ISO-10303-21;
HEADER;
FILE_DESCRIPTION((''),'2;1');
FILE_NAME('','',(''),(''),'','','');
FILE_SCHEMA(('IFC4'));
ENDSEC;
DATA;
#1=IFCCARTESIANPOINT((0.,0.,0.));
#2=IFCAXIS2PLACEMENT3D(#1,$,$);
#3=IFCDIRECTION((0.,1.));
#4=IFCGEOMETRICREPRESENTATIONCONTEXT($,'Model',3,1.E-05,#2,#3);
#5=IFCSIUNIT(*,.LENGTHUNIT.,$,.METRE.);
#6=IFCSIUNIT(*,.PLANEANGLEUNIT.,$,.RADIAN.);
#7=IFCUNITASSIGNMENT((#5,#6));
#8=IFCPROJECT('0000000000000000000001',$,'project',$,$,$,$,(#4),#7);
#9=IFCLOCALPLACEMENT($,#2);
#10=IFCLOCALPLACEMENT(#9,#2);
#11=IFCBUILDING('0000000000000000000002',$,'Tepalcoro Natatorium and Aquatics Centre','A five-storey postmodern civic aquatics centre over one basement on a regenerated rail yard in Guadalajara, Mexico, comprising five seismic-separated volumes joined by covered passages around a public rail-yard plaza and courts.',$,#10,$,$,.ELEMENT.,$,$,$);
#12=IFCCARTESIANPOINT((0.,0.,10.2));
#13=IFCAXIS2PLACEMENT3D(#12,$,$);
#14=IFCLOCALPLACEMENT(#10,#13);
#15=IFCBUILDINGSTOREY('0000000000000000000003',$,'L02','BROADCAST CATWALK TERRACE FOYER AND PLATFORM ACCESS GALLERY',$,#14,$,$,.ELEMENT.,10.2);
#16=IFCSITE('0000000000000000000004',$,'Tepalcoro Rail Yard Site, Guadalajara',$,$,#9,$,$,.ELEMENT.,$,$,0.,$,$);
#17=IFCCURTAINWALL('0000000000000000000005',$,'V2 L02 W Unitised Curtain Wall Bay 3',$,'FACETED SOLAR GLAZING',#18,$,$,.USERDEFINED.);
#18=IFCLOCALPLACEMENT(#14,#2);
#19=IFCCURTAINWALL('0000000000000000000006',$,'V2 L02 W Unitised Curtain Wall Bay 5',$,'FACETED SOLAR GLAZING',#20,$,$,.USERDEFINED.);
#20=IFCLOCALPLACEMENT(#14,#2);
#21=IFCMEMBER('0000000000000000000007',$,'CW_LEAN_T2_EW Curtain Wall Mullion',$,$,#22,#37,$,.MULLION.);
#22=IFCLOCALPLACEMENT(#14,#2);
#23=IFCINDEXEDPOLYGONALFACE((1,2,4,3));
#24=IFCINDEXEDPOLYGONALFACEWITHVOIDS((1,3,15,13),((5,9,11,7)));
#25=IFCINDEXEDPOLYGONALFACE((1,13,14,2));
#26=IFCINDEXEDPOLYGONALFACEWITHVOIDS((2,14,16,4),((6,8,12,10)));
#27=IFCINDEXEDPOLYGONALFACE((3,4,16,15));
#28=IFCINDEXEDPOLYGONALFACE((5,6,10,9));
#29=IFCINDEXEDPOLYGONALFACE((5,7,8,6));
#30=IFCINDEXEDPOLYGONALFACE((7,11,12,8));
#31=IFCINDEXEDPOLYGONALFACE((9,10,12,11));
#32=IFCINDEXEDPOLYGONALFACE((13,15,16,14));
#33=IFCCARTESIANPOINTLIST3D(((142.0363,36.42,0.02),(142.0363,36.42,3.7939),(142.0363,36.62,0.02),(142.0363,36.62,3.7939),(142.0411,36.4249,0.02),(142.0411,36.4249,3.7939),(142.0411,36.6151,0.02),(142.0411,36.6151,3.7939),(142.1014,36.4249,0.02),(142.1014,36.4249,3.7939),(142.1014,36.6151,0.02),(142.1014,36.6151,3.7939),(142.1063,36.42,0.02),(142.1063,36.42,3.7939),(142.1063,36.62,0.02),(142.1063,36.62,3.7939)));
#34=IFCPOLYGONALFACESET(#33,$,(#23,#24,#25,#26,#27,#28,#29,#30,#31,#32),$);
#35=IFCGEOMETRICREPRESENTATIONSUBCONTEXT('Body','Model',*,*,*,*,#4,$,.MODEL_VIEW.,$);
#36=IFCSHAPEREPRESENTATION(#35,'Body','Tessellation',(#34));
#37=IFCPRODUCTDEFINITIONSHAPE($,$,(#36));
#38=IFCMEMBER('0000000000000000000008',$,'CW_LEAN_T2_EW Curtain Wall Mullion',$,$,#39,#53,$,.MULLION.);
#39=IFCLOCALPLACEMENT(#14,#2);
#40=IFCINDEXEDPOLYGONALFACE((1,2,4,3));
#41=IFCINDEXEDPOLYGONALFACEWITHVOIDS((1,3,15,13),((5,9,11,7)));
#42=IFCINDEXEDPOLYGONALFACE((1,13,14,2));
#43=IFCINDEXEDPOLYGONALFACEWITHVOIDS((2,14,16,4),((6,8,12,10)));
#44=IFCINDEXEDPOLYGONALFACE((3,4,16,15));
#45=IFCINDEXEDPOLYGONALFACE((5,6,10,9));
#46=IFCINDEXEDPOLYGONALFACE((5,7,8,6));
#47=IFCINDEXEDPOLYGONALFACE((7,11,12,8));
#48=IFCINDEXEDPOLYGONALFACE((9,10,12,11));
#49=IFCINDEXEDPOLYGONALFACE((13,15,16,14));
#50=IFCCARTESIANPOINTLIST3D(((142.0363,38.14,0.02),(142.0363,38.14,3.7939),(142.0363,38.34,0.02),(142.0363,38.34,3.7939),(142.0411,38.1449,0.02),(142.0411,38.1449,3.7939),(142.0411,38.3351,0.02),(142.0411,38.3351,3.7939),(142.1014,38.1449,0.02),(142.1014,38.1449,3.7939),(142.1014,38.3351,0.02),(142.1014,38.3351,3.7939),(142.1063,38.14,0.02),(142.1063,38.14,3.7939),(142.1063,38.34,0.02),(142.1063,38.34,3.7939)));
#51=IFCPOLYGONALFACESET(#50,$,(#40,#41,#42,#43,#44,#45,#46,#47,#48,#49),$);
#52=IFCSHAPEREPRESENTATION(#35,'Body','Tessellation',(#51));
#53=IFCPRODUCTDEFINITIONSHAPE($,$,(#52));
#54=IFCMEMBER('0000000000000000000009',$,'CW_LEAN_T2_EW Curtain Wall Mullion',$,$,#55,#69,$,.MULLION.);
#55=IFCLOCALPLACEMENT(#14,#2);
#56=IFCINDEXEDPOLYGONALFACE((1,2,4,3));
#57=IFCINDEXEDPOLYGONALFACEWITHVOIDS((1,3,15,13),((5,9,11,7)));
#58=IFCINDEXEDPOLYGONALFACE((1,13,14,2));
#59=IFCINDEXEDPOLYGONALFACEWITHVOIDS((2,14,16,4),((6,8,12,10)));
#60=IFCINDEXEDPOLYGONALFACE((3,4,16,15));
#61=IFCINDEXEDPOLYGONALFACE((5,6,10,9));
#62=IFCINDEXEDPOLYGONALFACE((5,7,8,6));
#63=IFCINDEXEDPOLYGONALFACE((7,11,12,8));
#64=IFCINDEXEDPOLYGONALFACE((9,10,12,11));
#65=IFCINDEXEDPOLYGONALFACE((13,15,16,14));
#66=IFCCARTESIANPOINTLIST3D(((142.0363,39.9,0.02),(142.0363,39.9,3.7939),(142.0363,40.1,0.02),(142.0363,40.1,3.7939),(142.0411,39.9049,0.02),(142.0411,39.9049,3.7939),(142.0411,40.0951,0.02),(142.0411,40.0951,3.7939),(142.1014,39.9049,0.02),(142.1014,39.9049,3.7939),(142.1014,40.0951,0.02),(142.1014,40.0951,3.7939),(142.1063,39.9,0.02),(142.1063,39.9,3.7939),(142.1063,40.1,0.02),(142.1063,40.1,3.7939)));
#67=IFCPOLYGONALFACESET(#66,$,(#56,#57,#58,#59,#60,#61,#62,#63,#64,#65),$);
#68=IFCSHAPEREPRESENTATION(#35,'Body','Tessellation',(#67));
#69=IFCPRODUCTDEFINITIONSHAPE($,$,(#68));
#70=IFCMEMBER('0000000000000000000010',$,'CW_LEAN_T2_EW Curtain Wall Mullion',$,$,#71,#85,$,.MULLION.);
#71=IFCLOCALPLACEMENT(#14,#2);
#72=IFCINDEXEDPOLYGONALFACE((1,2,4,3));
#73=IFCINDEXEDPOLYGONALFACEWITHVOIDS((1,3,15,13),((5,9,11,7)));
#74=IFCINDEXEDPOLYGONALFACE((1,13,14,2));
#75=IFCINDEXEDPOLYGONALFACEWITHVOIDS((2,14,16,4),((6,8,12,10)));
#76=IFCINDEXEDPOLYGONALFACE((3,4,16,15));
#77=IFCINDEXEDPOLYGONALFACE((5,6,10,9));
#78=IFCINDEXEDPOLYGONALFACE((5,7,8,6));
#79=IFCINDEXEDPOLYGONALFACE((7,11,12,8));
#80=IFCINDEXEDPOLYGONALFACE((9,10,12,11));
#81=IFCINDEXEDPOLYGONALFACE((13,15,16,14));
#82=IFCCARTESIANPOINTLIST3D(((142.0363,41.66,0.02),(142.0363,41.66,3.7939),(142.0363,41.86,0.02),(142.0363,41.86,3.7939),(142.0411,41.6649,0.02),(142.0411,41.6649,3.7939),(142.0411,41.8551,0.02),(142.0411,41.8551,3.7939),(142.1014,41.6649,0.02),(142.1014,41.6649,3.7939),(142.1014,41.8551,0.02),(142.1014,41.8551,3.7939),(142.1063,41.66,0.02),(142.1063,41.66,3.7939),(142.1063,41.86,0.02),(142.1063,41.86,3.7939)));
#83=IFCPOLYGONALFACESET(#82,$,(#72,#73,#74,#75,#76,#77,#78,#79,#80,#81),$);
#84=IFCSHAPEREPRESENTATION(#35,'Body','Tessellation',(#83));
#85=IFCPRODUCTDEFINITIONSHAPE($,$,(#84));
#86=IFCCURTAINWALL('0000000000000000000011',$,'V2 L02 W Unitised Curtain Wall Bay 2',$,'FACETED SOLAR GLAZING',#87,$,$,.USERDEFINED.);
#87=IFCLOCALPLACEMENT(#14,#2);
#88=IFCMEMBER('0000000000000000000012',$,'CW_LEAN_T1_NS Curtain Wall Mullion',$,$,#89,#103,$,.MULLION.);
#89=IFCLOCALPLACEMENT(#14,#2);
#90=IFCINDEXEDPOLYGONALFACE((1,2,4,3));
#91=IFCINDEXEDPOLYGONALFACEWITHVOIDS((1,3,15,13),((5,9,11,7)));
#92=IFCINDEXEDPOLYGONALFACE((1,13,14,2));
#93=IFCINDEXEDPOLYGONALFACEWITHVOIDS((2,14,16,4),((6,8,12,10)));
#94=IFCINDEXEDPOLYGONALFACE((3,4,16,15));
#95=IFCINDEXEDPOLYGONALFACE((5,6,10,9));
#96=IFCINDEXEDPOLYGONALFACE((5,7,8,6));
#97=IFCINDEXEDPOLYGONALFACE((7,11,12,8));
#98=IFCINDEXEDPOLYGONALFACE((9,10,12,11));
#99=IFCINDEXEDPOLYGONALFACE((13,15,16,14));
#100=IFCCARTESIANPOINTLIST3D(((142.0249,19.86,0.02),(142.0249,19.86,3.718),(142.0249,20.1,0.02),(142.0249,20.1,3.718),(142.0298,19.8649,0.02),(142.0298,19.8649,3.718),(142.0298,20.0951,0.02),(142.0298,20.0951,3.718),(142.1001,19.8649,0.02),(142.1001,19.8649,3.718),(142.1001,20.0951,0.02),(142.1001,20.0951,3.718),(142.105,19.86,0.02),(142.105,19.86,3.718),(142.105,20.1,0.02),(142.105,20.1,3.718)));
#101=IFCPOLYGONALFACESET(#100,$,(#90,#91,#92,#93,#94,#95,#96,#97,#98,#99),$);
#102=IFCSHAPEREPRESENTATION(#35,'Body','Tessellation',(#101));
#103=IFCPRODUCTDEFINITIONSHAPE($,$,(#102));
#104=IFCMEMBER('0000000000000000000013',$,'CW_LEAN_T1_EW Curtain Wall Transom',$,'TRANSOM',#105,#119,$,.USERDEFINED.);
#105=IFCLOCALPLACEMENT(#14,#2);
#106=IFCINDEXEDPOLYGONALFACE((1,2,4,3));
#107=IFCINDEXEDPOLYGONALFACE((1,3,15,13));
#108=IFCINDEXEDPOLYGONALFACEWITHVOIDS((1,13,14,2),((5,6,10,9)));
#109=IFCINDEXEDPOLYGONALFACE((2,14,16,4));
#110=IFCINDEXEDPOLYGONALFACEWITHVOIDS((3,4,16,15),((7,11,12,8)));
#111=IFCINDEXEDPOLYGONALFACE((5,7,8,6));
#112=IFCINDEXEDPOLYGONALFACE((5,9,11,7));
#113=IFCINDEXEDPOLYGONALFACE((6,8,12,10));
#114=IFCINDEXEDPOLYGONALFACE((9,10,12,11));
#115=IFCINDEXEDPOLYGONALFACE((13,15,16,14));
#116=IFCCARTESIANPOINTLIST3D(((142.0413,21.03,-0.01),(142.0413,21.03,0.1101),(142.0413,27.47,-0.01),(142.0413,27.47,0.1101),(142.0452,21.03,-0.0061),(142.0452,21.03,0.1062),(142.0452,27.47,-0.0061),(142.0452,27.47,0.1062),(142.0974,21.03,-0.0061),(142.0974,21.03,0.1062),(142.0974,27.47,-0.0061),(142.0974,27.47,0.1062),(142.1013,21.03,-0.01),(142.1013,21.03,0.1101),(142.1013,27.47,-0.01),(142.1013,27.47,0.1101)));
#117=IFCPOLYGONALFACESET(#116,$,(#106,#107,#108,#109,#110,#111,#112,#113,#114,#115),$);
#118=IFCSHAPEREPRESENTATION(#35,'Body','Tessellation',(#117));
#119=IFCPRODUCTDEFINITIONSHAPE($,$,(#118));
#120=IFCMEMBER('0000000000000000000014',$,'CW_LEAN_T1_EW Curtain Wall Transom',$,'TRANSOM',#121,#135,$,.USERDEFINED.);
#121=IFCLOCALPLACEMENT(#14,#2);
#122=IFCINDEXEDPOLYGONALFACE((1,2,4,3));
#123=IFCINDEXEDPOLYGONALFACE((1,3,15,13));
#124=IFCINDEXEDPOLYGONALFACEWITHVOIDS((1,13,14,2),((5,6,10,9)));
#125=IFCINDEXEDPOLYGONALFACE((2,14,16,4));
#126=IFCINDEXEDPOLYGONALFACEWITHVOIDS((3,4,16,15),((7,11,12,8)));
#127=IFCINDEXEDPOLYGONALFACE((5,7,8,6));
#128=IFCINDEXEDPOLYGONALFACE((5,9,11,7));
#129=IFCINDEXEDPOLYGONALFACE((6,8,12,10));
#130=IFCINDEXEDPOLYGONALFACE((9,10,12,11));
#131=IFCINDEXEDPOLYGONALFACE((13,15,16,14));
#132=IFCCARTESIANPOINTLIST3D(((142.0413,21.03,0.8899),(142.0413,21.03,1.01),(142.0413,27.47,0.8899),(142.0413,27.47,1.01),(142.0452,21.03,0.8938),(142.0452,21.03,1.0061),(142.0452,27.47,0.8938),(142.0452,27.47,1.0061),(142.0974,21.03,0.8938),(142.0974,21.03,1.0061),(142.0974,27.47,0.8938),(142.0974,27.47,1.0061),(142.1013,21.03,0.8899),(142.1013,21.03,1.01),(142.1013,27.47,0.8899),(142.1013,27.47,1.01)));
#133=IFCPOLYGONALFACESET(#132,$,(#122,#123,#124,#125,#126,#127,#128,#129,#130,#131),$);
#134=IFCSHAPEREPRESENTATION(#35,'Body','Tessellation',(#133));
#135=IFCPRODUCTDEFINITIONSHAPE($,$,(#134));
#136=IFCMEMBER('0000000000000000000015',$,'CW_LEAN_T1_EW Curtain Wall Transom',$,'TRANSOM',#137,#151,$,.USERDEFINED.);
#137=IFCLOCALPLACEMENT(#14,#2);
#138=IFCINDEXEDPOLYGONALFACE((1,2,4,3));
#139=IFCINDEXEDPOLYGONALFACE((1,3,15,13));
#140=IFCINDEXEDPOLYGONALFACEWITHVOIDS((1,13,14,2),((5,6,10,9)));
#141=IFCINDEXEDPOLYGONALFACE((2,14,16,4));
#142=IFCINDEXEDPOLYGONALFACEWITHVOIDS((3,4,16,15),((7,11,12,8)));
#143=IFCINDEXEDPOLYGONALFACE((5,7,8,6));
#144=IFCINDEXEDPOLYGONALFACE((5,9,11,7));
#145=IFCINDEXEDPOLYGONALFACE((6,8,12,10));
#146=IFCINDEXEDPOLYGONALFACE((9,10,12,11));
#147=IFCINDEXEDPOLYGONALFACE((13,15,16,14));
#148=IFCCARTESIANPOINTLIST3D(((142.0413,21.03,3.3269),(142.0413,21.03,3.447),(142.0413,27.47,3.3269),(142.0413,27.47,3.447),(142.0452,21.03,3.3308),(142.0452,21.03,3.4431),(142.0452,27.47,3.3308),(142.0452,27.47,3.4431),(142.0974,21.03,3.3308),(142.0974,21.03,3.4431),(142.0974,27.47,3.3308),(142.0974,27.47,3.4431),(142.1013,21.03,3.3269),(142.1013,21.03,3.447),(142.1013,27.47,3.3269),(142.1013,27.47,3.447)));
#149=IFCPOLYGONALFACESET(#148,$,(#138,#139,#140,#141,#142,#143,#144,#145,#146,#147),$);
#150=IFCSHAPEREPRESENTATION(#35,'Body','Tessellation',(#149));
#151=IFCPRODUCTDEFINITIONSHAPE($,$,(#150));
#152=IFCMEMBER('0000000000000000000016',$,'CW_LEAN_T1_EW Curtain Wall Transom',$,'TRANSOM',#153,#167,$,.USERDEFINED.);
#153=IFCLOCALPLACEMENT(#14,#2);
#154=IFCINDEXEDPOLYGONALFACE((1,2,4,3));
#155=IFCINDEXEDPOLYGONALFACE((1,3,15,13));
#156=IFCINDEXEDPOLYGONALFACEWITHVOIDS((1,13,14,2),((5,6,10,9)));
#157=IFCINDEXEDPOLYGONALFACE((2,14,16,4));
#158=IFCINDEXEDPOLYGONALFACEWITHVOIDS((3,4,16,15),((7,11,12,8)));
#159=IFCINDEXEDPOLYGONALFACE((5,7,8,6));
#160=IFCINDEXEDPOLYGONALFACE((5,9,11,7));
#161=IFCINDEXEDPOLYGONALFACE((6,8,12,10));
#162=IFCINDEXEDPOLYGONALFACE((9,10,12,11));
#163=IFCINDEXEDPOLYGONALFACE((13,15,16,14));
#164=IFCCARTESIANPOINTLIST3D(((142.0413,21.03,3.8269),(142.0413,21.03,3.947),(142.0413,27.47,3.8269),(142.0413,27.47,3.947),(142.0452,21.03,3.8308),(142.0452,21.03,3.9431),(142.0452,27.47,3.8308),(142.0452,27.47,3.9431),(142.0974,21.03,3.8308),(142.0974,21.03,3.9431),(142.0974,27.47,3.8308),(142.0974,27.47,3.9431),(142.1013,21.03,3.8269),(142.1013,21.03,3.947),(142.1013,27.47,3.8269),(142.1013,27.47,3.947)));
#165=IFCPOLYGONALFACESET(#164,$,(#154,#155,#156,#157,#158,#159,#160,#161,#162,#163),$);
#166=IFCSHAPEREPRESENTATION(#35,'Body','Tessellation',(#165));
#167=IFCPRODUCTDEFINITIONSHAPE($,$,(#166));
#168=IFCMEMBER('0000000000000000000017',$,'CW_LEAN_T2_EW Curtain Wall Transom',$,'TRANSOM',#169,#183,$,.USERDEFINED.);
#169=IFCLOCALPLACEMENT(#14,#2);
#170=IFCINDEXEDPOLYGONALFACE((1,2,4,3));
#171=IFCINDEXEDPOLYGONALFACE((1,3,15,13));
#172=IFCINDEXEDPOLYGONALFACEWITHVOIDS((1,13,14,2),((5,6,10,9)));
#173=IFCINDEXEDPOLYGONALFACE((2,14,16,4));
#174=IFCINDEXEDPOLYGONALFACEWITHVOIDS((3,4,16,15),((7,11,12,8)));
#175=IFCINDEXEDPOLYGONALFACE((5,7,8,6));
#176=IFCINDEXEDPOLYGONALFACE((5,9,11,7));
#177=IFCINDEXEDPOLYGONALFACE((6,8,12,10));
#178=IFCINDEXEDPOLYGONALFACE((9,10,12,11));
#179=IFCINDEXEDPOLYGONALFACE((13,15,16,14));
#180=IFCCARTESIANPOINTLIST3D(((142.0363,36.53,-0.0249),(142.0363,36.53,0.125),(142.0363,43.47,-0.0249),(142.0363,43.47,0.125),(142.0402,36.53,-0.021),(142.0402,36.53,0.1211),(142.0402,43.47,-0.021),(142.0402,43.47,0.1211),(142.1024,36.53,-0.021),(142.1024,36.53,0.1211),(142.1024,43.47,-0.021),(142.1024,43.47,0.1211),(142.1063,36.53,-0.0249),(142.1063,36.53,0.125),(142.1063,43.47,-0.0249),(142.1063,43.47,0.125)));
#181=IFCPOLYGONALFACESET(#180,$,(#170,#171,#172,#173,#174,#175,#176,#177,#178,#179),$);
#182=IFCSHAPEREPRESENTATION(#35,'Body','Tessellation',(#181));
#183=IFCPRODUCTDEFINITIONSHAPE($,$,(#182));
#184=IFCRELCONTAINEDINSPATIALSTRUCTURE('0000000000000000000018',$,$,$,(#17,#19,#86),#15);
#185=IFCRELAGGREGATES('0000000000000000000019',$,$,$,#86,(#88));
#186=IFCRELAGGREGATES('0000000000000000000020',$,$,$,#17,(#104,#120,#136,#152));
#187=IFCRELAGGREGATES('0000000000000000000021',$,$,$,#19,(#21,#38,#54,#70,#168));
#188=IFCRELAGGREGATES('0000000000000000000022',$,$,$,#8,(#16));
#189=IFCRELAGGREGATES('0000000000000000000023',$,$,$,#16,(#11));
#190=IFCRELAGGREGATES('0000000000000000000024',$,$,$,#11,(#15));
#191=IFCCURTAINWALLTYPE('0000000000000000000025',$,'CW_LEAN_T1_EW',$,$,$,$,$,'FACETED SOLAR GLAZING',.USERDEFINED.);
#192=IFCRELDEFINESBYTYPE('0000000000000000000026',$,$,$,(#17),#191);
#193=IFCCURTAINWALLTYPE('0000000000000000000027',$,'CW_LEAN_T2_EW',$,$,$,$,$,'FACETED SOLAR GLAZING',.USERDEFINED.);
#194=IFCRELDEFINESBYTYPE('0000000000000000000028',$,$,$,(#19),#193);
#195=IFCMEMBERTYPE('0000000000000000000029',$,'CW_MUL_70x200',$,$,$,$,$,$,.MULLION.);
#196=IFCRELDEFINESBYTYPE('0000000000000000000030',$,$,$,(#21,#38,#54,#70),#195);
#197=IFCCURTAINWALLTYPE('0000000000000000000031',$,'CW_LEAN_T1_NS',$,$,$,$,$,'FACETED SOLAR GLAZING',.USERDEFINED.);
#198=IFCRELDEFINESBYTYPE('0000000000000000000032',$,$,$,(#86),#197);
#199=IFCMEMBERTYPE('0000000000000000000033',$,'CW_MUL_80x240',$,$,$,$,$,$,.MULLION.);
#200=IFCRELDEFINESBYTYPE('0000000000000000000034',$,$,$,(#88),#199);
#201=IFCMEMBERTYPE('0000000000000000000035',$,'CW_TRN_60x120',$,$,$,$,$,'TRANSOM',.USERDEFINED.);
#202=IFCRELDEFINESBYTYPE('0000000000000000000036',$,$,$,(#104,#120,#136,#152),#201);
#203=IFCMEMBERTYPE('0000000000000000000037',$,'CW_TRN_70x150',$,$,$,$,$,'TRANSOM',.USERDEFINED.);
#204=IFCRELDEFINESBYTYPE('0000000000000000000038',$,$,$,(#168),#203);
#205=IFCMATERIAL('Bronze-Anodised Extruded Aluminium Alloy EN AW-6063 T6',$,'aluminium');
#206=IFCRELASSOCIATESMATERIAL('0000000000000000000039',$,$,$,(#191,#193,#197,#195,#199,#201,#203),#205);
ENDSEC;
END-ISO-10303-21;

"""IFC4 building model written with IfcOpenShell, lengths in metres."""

from ifc_helpers import new_model, si_unit, direction, frame, origin, origin_2d, place, context, subcontext, project, spatial, hollow_rectangle, extrude, material, material_profile, profile_set, type_object, element, aggregate, save


model = new_model("IFC4")

# Units and contexts
model_context = context("Model", 3, precision=1e-05, world=origin(), true_north=direction((0.0, 1.0)))
body_context = subcontext(model_context, "Body", "Model", "MODEL_VIEW")
ifc_project = project(units=[si_unit("LENGTHUNIT", "METRE"), si_unit("PLANEANGLEUNIT", "RADIAN")], contexts=[model_context])

# Site, building, storey
site_placement = place(None, origin())
site = spatial("IfcSite", under=ifc_project, at=site_placement, Name="Tepalcoro Rail Yard Site, Guadalajara", CompositionType="ELEMENT", RefElevation=0.0)
building_placement = place(site_placement, origin())
building = spatial("IfcBuilding", under=site, at=building_placement, Name="Tepalcoro Natatorium and Aquatics Centre", Description="A five-storey postmodern civic aquatics centre over one basement on a regenerated rail yard in Guadalajara, Mexico, comprising five seismic-separated volumes joined by covered passages around a public rail-yard plaza and courts.", CompositionType="ELEMENT")
storey_placement = place(building_placement, frame((0.0, 0.0, 10.2)))
storey = spatial("IfcBuildingStorey", under=building, at=storey_placement, Name="L02", Description="BROADCAST CATWALK TERRACE FOYER AND PLATFORM ACCESS GALLERY", CompositionType="ELEMENT", Elevation=10.2)

# Curtain walls, members
ifc_material_1 = material(Name="Bronze-Anodised Extruded Aluminium Alloy EN AW-6063 T6", Category="aluminium")
curtain_wall_type_1 = type_object("IfcCurtainWallType", Name="CW_LEAN_T1_EW", ElementType="FACETED SOLAR GLAZING", PredefinedType="USERDEFINED", material=ifc_material_1)
curtain_wall_1_placement = place(storey_placement, origin())
curtain_wall_1 = element("IfcCurtainWall", 1, at=curtain_wall_1_placement, inside=storey, type_object=curtain_wall_type_1, Name="V2 L02 W Unitised Curtain Wall Bay 3", ObjectType="FACETED SOLAR GLAZING", PredefinedType="USERDEFINED")
curtain_wall_type_2 = type_object("IfcCurtainWallType", Name="CW_LEAN_T2_EW", ElementType="FACETED SOLAR GLAZING", PredefinedType="USERDEFINED", material=ifc_material_1)
curtain_wall_2_placement = place(storey_placement, origin())
curtain_wall_2 = element("IfcCurtainWall", 2, at=curtain_wall_2_placement, inside=storey, type_object=curtain_wall_type_2, Name="V2 L02 W Unitised Curtain Wall Bay 5", ObjectType="FACETED SOLAR GLAZING", PredefinedType="USERDEFINED")
ifc_material_profile_1 = material_profile(ifc_material_1, hollow_rectangle(XDim=0.0701, YDim=0.2, WallThickness=0.0049, at=origin_2d()), Name="AL70X200X5")
ifc_profile_set_1 = profile_set([ifc_material_profile_1], Name="Bronze-Anodised Extruded Aluminium Alloy EN AW-6063 T6")
member_type_1 = type_object("IfcMemberType", Name="CW_MUL_70x200", PredefinedType="MULLION", material=ifc_profile_set_1)
member_1_placement = place(storey_placement, frame((142.0713, 36.52, 0.02), z_axis=(0.0, 0.0, 1.0), x_axis=(1.0, 0.0, 0.0)))
member_1 = element("IfcMember", 3, at=member_1_placement, type_object=member_type_1, Name="CW_LEAN_T2_EW Curtain Wall Mullion", PredefinedType="MULLION", context=body_context, shape_type="SweptSolid", body=[
    extrude(hollow_rectangle(XDim=0.0701, YDim=0.2, WallThickness=0.0049, at=origin_2d()), origin(), (0.0, 0.0, 1.0), 3.7739),
])
member_2_placement = place(storey_placement, frame((142.0713, 38.24, 0.02), z_axis=(0.0, 0.0, 1.0), x_axis=(1.0, 0.0, 0.0)))
member_2 = element("IfcMember", 4, at=member_2_placement, type_object=member_type_1, Name="CW_LEAN_T2_EW Curtain Wall Mullion", PredefinedType="MULLION", context=body_context, shape_type="SweptSolid", body=[
    extrude(hollow_rectangle(XDim=0.0701, YDim=0.2, WallThickness=0.0049, at=origin_2d()), origin(), (0.0, 0.0, 1.0), 3.7739),
])
member_3_placement = place(storey_placement, frame((142.0713, 40.0, 0.02), z_axis=(0.0, 0.0, 1.0), x_axis=(1.0, 0.0, 0.0)))
member_3 = element("IfcMember", 5, at=member_3_placement, type_object=member_type_1, Name="CW_LEAN_T2_EW Curtain Wall Mullion", PredefinedType="MULLION", context=body_context, shape_type="SweptSolid", body=[
    extrude(hollow_rectangle(XDim=0.0701, YDim=0.2, WallThickness=0.0049, at=origin_2d()), origin(), (0.0, 0.0, 1.0), 3.7739),
])
member_4_placement = place(storey_placement, frame((142.0713, 41.76, 0.02), z_axis=(0.0, 0.0, 1.0), x_axis=(1.0, 0.0, 0.0)))
member_4 = element("IfcMember", 6, at=member_4_placement, type_object=member_type_1, Name="CW_LEAN_T2_EW Curtain Wall Mullion", PredefinedType="MULLION", context=body_context, shape_type="SweptSolid", body=[
    extrude(hollow_rectangle(XDim=0.0701, YDim=0.2, WallThickness=0.0049, at=origin_2d()), origin(), (0.0, 0.0, 1.0), 3.7739),
])

# Curtain wall, member
curtain_wall_type_3 = type_object("IfcCurtainWallType", Name="CW_LEAN_T1_NS", ElementType="FACETED SOLAR GLAZING", PredefinedType="USERDEFINED", material=ifc_material_1)
curtain_wall_3_placement = place(storey_placement, origin())
curtain_wall_3 = element("IfcCurtainWall", 7, at=curtain_wall_3_placement, inside=storey, type_object=curtain_wall_type_3, Name="V2 L02 W Unitised Curtain Wall Bay 2", ObjectType="FACETED SOLAR GLAZING", PredefinedType="USERDEFINED")
ifc_material_profile_2 = material_profile(ifc_material_1, hollow_rectangle(XDim=0.0801, YDim=0.24, WallThickness=0.0049, at=origin_2d()), Name="AL80X240X5")
ifc_profile_set_2 = profile_set([ifc_material_profile_2], Name="Bronze-Anodised Extruded Aluminium Alloy EN AW-6063 T6")
member_type_2 = type_object("IfcMemberType", Name="CW_MUL_80x240", PredefinedType="MULLION", material=ifc_profile_set_2)
member_5_placement = place(storey_placement, frame((142.0649, 19.98, 0.02), z_axis=(0.0, 0.0, 1.0), x_axis=(1.0, 0.0, 0.0)))
member_5 = element("IfcMember", 8, at=member_5_placement, type_object=member_type_2, Name="CW_LEAN_T1_NS Curtain Wall Mullion", PredefinedType="MULLION", context=body_context, shape_type="SweptSolid", body=[
    extrude(hollow_rectangle(XDim=0.0801, YDim=0.24, WallThickness=0.0049, at=origin_2d()), origin(), (0.0, 0.0, 1.0), 3.698),
])
aggregate(curtain_wall_3, [member_5])

# Members
ifc_material_profile_3 = material_profile(ifc_material_1, hollow_rectangle(XDim=0.0601, YDim=0.1201, WallThickness=0.0039, at=origin_2d()), Name="AL60X120X4")
ifc_profile_set_3 = profile_set([ifc_material_profile_3], Name="Bronze-Anodised Extruded Aluminium Alloy EN AW-6063 T6")
member_type_3 = type_object("IfcMemberType", Name="CW_TRN_60x120", ElementType="TRANSOM", PredefinedType="USERDEFINED", material=ifc_profile_set_3)
member_6_placement = place(storey_placement, frame((142.0713, 21.03, 0.05), z_axis=(0.0, 1.0, 0.0), x_axis=(-1.0, 0.0, 0.0)))
member_6 = element("IfcMember", 9, at=member_6_placement, type_object=member_type_3, Name="CW_LEAN_T1_EW Curtain Wall Transom", ObjectType="TRANSOM", PredefinedType="USERDEFINED", context=body_context, shape_type="SweptSolid", body=[
    extrude(hollow_rectangle(XDim=0.0601, YDim=0.1201, WallThickness=0.0039, at=origin_2d()), origin(), (0.0, 0.0, 1.0), 6.4399),
])
member_7_placement = place(storey_placement, frame((142.0713, 21.03, 0.95), z_axis=(0.0, 1.0, 0.0), x_axis=(-1.0, 0.0, 0.0)))
member_7 = element("IfcMember", 10, at=member_7_placement, type_object=member_type_3, Name="CW_LEAN_T1_EW Curtain Wall Transom", ObjectType="TRANSOM", PredefinedType="USERDEFINED", context=body_context, shape_type="SweptSolid", body=[
    extrude(hollow_rectangle(XDim=0.0601, YDim=0.1201, WallThickness=0.0039, at=origin_2d()), origin(), (0.0, 0.0, 1.0), 6.4399),
])
member_8_placement = place(storey_placement, frame((142.0713, 21.03, 3.387), z_axis=(0.0, 1.0, 0.0), x_axis=(-1.0, 0.0, 0.0)))
member_8 = element("IfcMember", 11, at=member_8_placement, type_object=member_type_3, Name="CW_LEAN_T1_EW Curtain Wall Transom", ObjectType="TRANSOM", PredefinedType="USERDEFINED", context=body_context, shape_type="SweptSolid", body=[
    extrude(hollow_rectangle(XDim=0.0601, YDim=0.1201, WallThickness=0.0039, at=origin_2d()), origin(), (0.0, 0.0, 1.0), 6.4399),
])
member_9_placement = place(storey_placement, frame((142.0713, 21.03, 3.887), z_axis=(0.0, 1.0, 0.0), x_axis=(-1.0, 0.0, 0.0)))
member_9 = element("IfcMember", 12, at=member_9_placement, type_object=member_type_3, Name="CW_LEAN_T1_EW Curtain Wall Transom", ObjectType="TRANSOM", PredefinedType="USERDEFINED", context=body_context, shape_type="SweptSolid", body=[
    extrude(hollow_rectangle(XDim=0.0601, YDim=0.1201, WallThickness=0.0039, at=origin_2d()), origin(), (0.0, 0.0, 1.0), 6.4399),
])
ifc_material_profile_4 = material_profile(ifc_material_1, hollow_rectangle(XDim=0.0701, YDim=0.1499, WallThickness=0.0039, at=origin_2d()), Name="AL70X150X4")
ifc_profile_set_4 = profile_set([ifc_material_profile_4], Name="Bronze-Anodised Extruded Aluminium Alloy EN AW-6063 T6")
member_type_4 = type_object("IfcMemberType", Name="CW_TRN_70x150", ElementType="TRANSOM", PredefinedType="USERDEFINED", material=ifc_profile_set_4)
member_10_placement = place(storey_placement, frame((142.0713, 36.53, 0.05), z_axis=(0.0, 1.0, 0.0), x_axis=(-1.0, 0.0, 0.0)))
member_10 = element("IfcMember", 13, at=member_10_placement, type_object=member_type_4, Name="CW_LEAN_T2_EW Curtain Wall Transom", ObjectType="TRANSOM", PredefinedType="USERDEFINED", context=body_context, shape_type="SweptSolid", body=[
    extrude(hollow_rectangle(XDim=0.0701, YDim=0.1499, WallThickness=0.0039, at=origin_2d()), origin(), (0.0, 0.0, 1.0), 6.9399),
])

aggregate(curtain_wall_1, [member_6, member_7, member_8, member_9])
aggregate(curtain_wall_2, [member_1, member_2, member_3, member_4, member_10])

save(model, "model.ifc")
